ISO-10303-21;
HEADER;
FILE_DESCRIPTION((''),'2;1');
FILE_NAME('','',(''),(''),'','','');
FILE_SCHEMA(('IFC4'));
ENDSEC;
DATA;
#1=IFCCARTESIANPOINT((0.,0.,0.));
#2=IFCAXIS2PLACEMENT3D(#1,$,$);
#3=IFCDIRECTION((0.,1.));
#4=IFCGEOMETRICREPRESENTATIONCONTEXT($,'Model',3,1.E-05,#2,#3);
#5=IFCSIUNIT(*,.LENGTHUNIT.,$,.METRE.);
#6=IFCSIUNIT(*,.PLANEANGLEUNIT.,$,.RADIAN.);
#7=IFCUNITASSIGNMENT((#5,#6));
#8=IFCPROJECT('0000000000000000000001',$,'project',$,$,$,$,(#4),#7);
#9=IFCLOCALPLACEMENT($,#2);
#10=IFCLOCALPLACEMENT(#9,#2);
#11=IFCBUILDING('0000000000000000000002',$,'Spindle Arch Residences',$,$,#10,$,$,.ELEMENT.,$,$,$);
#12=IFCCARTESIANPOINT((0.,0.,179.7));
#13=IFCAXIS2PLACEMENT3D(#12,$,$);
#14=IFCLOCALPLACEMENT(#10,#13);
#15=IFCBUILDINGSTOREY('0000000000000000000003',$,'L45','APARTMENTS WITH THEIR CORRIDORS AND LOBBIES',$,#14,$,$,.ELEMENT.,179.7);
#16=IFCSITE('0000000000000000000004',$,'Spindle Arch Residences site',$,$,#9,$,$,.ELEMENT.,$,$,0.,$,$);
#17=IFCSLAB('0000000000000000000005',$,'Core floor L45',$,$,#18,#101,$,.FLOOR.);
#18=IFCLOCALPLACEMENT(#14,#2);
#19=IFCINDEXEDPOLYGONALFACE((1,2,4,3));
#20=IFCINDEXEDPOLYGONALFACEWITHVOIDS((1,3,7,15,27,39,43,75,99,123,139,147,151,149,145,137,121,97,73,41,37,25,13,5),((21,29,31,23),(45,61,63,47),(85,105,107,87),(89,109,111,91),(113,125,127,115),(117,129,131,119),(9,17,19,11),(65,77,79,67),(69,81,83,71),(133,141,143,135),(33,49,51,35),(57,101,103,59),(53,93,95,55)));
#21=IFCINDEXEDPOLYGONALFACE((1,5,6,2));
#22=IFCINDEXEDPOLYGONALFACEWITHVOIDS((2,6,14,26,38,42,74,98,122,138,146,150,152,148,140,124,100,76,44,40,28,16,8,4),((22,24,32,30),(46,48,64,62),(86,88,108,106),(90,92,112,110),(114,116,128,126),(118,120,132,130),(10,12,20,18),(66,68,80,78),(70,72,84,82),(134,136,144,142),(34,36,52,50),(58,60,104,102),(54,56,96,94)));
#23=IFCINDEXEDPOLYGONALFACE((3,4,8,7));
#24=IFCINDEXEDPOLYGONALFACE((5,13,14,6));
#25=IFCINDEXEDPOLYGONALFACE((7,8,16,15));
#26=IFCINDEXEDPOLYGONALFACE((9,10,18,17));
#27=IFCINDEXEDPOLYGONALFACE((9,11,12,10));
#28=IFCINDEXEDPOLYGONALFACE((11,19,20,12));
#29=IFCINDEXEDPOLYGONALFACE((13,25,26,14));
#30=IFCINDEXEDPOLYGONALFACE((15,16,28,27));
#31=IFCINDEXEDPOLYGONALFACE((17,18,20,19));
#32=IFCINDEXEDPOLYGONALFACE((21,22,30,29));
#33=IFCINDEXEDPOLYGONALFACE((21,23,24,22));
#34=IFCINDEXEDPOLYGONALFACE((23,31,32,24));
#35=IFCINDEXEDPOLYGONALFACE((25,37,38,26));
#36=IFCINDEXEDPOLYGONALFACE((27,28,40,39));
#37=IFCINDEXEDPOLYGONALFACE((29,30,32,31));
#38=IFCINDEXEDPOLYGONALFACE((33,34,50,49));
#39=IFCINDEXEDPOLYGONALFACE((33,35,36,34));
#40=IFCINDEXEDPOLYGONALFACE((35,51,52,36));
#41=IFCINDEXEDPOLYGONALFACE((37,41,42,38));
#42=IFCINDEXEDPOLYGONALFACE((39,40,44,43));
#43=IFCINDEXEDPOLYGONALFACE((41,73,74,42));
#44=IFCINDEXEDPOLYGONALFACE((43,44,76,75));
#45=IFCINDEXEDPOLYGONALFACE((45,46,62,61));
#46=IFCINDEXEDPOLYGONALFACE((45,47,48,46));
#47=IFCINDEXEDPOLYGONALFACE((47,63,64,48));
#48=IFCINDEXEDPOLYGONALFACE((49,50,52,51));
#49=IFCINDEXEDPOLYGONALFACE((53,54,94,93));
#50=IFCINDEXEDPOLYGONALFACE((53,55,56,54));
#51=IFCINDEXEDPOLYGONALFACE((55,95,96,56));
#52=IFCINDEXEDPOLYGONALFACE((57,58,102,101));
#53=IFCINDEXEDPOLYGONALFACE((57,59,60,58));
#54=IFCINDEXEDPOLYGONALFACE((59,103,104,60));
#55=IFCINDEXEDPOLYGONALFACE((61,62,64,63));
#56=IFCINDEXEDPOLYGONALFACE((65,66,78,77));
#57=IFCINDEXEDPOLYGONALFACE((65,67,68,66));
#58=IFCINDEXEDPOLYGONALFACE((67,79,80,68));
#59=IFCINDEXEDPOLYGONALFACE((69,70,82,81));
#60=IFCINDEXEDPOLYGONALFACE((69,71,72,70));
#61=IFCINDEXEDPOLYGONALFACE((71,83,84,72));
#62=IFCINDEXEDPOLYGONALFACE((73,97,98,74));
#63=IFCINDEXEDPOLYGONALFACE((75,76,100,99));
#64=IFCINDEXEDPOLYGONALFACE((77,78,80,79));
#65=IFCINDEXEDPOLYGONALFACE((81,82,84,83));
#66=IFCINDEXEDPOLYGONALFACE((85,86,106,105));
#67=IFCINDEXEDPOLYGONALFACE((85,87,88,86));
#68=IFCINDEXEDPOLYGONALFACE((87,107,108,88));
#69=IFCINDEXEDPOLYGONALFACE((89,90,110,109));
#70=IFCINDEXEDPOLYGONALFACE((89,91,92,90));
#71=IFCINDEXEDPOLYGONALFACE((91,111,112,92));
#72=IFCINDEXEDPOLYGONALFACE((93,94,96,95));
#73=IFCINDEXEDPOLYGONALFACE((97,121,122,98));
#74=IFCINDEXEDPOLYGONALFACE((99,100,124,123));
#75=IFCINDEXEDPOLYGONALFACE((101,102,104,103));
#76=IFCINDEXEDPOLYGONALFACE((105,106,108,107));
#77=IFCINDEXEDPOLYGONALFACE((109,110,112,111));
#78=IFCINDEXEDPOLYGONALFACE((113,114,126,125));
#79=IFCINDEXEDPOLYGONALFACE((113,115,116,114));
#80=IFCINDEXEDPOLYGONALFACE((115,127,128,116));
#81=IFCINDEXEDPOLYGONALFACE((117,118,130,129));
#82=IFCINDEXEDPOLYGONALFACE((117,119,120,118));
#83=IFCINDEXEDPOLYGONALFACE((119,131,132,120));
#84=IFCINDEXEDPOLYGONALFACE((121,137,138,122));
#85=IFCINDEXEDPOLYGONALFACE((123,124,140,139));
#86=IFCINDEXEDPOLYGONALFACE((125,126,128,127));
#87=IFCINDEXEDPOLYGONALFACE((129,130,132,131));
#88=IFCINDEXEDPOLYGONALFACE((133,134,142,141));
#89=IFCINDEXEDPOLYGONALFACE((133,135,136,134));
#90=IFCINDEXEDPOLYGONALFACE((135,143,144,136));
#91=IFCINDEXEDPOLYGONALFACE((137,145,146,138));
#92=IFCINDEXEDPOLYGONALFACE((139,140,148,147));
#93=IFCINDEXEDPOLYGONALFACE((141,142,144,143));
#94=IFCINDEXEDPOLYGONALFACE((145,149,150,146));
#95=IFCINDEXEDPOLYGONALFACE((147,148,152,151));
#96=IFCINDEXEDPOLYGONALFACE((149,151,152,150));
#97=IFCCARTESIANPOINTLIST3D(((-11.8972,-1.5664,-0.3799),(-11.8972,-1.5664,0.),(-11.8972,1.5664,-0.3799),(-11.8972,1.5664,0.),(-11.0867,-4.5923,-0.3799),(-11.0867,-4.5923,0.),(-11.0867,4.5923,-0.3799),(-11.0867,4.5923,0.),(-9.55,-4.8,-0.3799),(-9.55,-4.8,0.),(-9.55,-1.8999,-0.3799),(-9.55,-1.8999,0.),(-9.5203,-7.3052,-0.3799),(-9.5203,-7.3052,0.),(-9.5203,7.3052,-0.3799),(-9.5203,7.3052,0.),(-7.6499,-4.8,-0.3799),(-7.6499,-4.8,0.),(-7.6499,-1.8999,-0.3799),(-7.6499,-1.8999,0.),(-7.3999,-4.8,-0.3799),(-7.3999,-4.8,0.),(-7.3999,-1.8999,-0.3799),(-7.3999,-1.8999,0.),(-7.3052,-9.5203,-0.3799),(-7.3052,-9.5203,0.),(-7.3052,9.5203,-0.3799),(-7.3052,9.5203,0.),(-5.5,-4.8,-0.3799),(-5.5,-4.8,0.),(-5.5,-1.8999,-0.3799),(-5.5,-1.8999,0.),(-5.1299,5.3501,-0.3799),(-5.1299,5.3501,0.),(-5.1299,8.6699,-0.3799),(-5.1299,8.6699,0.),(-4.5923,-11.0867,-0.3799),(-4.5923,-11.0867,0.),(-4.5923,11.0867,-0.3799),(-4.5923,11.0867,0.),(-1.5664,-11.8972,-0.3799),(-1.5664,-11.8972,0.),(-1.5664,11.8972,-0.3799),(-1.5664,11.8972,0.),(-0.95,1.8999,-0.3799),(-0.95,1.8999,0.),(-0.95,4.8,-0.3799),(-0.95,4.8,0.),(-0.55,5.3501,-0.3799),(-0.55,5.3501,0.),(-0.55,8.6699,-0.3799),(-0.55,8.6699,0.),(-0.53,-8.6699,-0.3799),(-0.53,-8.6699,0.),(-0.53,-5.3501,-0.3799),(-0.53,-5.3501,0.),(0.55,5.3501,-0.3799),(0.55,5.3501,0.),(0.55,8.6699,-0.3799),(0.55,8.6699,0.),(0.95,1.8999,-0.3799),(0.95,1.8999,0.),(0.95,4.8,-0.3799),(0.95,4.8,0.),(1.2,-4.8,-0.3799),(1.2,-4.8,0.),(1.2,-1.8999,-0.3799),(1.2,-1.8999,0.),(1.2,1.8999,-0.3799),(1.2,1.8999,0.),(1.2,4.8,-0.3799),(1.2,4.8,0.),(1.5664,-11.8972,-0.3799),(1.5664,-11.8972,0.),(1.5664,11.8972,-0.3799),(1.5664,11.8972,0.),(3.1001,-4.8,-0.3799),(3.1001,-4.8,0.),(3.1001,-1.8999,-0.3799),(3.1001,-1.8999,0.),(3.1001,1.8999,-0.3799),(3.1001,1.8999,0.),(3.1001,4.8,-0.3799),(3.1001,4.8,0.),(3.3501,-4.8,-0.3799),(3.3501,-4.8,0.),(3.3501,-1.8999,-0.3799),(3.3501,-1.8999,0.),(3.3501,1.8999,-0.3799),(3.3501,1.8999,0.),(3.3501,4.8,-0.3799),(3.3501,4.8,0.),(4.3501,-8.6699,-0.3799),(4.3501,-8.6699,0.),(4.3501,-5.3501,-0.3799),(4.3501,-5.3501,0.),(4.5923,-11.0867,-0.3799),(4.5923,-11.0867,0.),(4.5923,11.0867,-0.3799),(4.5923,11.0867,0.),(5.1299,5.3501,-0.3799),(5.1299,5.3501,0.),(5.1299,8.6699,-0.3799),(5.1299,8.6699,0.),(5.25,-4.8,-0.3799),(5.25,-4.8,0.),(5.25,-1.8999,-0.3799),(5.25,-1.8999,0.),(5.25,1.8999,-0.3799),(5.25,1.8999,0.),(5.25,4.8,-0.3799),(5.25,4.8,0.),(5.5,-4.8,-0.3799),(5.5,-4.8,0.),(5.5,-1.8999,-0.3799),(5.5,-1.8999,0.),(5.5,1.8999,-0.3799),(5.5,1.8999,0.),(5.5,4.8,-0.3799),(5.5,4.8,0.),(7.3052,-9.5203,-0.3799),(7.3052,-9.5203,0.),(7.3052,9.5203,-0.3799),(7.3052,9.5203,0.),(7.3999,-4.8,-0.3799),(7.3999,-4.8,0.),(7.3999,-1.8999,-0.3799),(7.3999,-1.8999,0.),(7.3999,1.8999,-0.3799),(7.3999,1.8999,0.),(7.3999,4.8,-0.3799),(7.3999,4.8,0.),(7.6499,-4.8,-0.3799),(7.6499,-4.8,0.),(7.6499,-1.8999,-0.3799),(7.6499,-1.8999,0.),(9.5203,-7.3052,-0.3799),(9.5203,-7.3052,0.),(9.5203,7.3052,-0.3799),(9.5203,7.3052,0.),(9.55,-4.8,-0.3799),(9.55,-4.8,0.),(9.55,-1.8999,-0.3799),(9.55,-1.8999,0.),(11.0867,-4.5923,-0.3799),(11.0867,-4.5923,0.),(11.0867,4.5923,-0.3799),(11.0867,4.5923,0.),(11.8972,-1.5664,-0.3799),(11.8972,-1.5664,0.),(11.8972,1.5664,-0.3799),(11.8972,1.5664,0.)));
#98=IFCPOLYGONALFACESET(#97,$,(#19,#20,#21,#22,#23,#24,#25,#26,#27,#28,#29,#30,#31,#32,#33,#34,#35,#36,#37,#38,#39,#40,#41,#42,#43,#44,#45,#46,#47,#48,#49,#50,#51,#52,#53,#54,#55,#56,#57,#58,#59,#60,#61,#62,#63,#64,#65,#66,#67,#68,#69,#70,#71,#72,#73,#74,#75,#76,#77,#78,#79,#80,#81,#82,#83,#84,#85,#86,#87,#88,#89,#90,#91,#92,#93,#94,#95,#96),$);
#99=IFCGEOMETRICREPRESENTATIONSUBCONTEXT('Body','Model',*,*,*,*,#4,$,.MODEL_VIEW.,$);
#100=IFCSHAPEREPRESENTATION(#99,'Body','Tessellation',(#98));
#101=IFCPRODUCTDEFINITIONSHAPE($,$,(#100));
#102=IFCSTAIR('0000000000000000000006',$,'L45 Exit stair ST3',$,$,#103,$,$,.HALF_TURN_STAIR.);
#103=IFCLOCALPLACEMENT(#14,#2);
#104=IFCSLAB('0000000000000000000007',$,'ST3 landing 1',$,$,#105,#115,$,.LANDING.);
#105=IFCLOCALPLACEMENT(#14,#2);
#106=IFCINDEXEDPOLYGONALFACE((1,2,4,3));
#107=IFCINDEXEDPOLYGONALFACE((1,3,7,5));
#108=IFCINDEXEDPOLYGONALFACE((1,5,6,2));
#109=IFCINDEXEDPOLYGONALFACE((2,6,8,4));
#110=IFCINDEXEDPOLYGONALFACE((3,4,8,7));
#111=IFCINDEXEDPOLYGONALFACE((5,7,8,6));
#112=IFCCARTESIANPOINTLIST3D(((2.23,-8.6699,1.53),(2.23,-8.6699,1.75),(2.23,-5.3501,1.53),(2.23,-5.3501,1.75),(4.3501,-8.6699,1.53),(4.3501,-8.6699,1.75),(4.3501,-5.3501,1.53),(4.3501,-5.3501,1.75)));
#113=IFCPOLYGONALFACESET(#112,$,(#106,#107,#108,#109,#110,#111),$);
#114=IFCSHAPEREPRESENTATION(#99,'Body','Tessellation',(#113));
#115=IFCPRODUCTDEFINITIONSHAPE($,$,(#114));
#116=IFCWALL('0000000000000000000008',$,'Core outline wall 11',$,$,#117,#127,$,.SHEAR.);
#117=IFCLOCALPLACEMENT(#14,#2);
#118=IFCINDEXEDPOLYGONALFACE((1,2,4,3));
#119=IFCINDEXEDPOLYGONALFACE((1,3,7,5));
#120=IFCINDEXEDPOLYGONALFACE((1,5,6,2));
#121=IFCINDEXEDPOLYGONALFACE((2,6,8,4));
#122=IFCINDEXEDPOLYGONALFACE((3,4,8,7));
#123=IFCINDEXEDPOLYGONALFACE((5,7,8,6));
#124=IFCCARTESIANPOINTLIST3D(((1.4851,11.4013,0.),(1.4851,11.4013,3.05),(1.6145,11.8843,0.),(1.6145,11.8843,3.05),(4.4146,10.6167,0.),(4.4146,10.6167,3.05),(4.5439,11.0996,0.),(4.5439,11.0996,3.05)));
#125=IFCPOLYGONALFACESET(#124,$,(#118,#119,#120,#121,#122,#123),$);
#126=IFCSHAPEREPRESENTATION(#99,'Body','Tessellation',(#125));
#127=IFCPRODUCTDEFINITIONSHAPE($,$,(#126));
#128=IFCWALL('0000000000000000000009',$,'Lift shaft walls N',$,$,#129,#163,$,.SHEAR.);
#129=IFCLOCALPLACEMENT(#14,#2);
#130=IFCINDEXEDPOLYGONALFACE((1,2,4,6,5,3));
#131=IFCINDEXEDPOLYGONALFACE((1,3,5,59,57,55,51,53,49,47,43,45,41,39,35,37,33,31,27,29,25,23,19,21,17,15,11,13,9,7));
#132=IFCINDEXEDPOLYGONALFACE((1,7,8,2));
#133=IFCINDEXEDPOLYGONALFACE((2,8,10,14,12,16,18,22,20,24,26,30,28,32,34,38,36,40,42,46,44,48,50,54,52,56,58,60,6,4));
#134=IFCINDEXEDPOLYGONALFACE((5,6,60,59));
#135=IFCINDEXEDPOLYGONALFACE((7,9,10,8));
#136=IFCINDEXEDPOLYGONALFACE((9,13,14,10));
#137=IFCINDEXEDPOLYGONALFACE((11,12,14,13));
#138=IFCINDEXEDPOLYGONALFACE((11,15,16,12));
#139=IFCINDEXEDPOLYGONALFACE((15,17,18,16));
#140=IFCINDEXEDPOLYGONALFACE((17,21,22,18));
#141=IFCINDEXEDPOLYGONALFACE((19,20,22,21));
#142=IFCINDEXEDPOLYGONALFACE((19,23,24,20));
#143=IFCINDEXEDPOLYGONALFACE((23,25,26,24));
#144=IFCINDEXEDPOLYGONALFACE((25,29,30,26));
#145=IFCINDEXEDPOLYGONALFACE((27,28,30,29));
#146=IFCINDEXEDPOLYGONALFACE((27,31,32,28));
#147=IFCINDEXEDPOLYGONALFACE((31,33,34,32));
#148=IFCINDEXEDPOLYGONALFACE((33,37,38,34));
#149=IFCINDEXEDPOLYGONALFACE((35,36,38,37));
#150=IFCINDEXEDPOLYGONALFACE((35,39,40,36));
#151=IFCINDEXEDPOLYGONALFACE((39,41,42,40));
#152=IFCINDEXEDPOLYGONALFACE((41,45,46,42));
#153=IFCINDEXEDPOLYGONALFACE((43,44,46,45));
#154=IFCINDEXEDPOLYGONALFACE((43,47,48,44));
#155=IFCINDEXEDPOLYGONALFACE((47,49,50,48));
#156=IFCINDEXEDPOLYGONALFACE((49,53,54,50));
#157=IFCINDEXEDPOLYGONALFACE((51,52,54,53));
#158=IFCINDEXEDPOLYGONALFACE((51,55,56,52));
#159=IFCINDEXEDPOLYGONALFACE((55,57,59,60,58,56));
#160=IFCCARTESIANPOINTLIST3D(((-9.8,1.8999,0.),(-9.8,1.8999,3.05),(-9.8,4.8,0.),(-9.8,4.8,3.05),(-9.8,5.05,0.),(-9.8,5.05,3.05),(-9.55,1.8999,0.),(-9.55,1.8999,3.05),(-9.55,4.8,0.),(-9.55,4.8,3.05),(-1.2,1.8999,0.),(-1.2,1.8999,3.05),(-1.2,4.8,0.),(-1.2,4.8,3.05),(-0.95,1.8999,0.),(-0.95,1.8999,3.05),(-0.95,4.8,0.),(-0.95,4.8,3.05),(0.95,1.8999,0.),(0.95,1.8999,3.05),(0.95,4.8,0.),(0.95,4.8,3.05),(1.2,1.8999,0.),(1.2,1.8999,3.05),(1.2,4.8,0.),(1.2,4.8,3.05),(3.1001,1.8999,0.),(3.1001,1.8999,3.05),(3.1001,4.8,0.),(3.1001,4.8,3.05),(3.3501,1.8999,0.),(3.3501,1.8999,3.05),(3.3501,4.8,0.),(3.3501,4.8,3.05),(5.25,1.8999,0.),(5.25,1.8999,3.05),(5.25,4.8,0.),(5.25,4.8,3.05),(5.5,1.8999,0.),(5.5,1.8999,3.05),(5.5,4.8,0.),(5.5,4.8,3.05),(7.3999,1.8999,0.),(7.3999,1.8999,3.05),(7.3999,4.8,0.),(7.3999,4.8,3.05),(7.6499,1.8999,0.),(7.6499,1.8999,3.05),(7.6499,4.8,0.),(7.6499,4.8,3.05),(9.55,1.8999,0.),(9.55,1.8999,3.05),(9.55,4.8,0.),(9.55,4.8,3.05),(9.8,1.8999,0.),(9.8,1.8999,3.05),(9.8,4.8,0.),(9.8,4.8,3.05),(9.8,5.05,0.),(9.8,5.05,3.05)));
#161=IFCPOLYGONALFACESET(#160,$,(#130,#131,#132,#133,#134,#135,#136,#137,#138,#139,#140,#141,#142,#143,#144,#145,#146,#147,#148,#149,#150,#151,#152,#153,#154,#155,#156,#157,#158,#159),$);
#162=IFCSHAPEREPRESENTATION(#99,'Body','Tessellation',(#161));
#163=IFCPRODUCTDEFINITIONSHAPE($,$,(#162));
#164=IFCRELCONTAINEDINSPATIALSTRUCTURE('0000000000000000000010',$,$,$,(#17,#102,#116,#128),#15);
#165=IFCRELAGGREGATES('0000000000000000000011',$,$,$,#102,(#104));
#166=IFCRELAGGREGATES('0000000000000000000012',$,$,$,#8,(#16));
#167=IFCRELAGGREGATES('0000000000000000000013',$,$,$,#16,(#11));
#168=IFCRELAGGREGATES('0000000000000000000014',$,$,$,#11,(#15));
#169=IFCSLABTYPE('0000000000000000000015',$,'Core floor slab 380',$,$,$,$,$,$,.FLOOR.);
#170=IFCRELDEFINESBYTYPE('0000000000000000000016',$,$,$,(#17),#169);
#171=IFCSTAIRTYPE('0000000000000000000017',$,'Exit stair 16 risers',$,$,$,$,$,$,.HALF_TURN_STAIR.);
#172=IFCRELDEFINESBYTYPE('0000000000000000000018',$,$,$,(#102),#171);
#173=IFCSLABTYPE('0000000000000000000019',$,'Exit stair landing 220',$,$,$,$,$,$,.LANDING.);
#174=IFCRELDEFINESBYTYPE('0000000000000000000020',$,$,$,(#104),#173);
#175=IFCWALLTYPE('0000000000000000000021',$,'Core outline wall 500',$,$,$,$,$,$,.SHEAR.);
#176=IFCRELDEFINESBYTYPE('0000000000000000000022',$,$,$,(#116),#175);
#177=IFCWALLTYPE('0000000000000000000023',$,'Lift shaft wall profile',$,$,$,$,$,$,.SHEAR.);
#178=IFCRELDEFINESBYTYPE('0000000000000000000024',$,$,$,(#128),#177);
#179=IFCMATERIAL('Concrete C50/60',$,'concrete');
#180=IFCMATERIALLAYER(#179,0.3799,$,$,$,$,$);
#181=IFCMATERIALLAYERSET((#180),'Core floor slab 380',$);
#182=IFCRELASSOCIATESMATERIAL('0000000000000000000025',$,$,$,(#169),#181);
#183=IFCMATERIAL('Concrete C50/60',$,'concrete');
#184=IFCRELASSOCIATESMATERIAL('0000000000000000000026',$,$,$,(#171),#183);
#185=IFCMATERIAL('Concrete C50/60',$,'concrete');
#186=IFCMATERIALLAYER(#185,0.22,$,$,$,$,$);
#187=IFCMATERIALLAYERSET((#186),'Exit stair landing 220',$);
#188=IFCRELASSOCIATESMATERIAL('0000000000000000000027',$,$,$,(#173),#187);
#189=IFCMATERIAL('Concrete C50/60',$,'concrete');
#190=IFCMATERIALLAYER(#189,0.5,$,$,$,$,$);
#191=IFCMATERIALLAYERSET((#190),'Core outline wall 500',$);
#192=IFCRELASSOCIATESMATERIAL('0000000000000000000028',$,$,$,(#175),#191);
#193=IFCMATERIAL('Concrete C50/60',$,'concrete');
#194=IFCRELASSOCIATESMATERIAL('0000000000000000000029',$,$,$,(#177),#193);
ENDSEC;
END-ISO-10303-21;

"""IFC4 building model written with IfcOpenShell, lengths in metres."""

from ifc_helpers import new_model, si_unit, direction, frame, frame_2d, origin, place, context, subcontext, project, spatial, polyline, rectangle, outline, extrude, material, layer, layer_set, type_object, element, aggregate, save


model = new_model("IFC4")

# Units and contexts
model_context = context("Model", 3, precision=1e-05, world=origin(), true_north=direction((0.0, 1.0)))
body_context = subcontext(model_context, "Body", "Model", "MODEL_VIEW")
ifc_project = project(units=[si_unit("LENGTHUNIT", "METRE"), si_unit("PLANEANGLEUNIT", "RADIAN")], contexts=[model_context])

# Site, building, storey
site_placement = place(None, origin())
site = spatial("IfcSite", under=ifc_project, at=site_placement, Name="Spindle Arch Residences site", CompositionType="ELEMENT", RefElevation=0.0)
building_placement = place(site_placement, origin())
building = spatial("IfcBuilding", under=site, at=building_placement, Name="Spindle Arch Residences", CompositionType="ELEMENT")
storey_placement = place(building_placement, frame((0.0, 0.0, 179.7)))
storey = spatial("IfcBuildingStorey", under=building, at=storey_placement, Name="L45", Description="APARTMENTS WITH THEIR CORRIDORS AND LOBBIES", CompositionType="ELEMENT", Elevation=179.7)

# Slab
ifc_material_1 = material(Name="Concrete C50/60", Category="concrete")
ifc_layer_1 = layer(ifc_material_1, 0.3799)
ifc_layer_set_1 = layer_set([ifc_layer_1], Name="Core floor slab 380")
slab_type_1 = type_object("IfcSlabType", Name="Core floor slab 380", PredefinedType="FLOOR", material=ifc_layer_set_1)
slab_1_placement = place(storey_placement, frame((0.0, 0.0, -0.3799)))
element("IfcSlab", 1, at=slab_1_placement, inside=storey, type_object=slab_type_1, Name="Core floor L45", PredefinedType="FLOOR", context=body_context, shape_type="SweptSolid", body=[
    extrude(outline(polyline([(1.5664, -11.8972), (4.5923, -11.0867), (7.3052, -9.5203), (9.5203, -7.3052), (11.0867, -4.5923), (11.8972, -1.5664), (11.8972, 1.5664), (11.0867, 4.5923), (9.5203, 7.3052), (7.3052, 9.5203), (4.5923, 11.0867), (1.5664, 11.8972), (-1.5664, 11.8972), (-4.5923, 11.0867), (-7.3052, 9.5203), (-9.5203, 7.3052), (-11.0867, 4.5923), (-11.8972, 1.5664), (-11.8972, -1.5664), (-11.0867, -4.5923), (-9.5203, -7.3052), (-7.3052, -9.5203), (-4.5923, -11.0867), (-1.5664, -11.8972), (1.5664, -11.8972)]), holes=[polyline([(-0.95, 1.8999), (0.95, 1.8999), (0.95, 4.8), (-0.95, 4.8), (-0.95, 1.8999)]), polyline([(1.2, 1.8999), (3.1001, 1.8999), (3.1001, 4.8), (1.2, 4.8), (1.2, 1.8999)]), polyline([(3.3501, 1.8999), (5.25, 1.8999), (5.25, 4.8), (3.3501, 4.8), (3.3501, 1.8999)]), polyline([(5.5, 1.8999), (7.3999, 1.8999), (7.3999, 4.8), (5.5, 4.8), (5.5, 1.8999)]), polyline([(-9.55, -4.8), (-7.6499, -4.8), (-7.6499, -1.8999), (-9.55, -1.8999), (-9.55, -4.8)]), polyline([(-7.3999, -4.8), (-5.5, -4.8), (-5.5, -1.8999), (-7.3999, -1.8999), (-7.3999, -4.8)]), polyline([(1.2, -4.8), (3.1001, -4.8), (3.1001, -1.8999), (1.2, -1.8999), (1.2, -4.8)]), polyline([(3.3501, -4.8), (5.25, -4.8), (5.25, -1.8999), (3.3501, -1.8999), (3.3501, -4.8)]), polyline([(5.5, -4.8), (7.3999, -4.8), (7.3999, -1.8999), (5.5, -1.8999), (5.5, -4.8)]), polyline([(7.6499, -4.8), (9.55, -4.8), (9.55, -1.8999), (7.6499, -1.8999), (7.6499, -4.8)]), polyline([(5.1299, 8.6699), (0.55, 8.6699), (0.55, 5.3501), (5.1299, 5.3501), (5.1299, 8.6699)]), polyline([(-5.1299, 5.3501), (-0.55, 5.3501), (-0.55, 8.6699), (-5.1299, 8.6699), (-5.1299, 5.3501)]), polyline([(-0.53, -8.6699), (4.3501, -8.6699), (4.3501, -5.3501), (-0.53, -5.3501), (-0.53, -8.6699)])]), origin(), (0.0, 0.0, 1.0), 0.3799),
])

# Stair, slab
ifc_material_2 = material(Name="Concrete C50/60", Category="concrete")
stair_type = type_object("IfcStairType", Name="Exit stair 16 risers", PredefinedType="HALF_TURN_STAIR", material=ifc_material_2)
stair_1_placement = place(storey_placement, origin())
stair_1 = element("IfcStair", 2, at=stair_1_placement, inside=storey, type_object=stair_type, Name="L45 Exit stair ST3", PredefinedType="HALF_TURN_STAIR")
ifc_material_3 = material(Name="Concrete C50/60", Category="concrete")
ifc_layer_2 = layer(ifc_material_3, 0.22)
ifc_layer_set_2 = layer_set([ifc_layer_2], Name="Exit stair landing 220")
slab_type_2 = type_object("IfcSlabType", Name="Exit stair landing 220", PredefinedType="LANDING", material=ifc_layer_set_2)
slab_2_placement = place(storey_placement, frame((0.0, 0.0, 1.53)))
slab_2 = element("IfcSlab", 3, at=slab_2_placement, type_object=slab_type_2, Name="ST3 landing 1", PredefinedType="LANDING", context=body_context, shape_type="SweptSolid", body=[
    extrude(outline(polyline([(2.23, -8.6699), (4.3501, -8.6699), (4.3501, -5.3501), (2.23, -5.3501), (2.23, -8.6699)])), origin(), (0.0, 0.0, 1.0), 0.22),
])
aggregate(stair_1, [slab_2])

# Wall
ifc_material_4 = material(Name="Concrete C50/60", Category="concrete")
ifc_layer_3 = layer(ifc_material_4, 0.5)
ifc_layer_set_3 = layer_set([ifc_layer_3], Name="Core outline wall 500")
wall_type_1 = type_object("IfcWallType", Name="Core outline wall 500", PredefinedType="SHEAR", material=ifc_layer_set_3)
wall_1_placement = place(storey_placement, frame((4.4792, 10.8582, 0.0), z_axis=(0.0, 0.0, 1.0), x_axis=(-0.965948, 0.258735, 0.0)))
element("IfcWall", 4, at=wall_1_placement, inside=storey, type_object=wall_type_1, Name="Core outline wall 11", PredefinedType="SHEAR", context=body_context, shape_type="SweptSolid", body=[
    extrude(rectangle(XDim=3.0327, YDim=0.5, at=frame_2d((1.5164, 0.0))), origin(), (0.0, 0.0, 1.0), 3.05),
])

# Wall
ifc_material_5 = material(Name="Concrete C50/60", Category="concrete")
wall_type_2 = type_object("IfcWallType", Name="Lift shaft wall profile", PredefinedType="SHEAR", material=ifc_material_5)
wall_2_placement = place(storey_placement, origin())
element("IfcWall", 5, at=wall_2_placement, inside=storey, type_object=wall_type_2, Name="Lift shaft walls N", PredefinedType="SHEAR", context=body_context, shape_type="SweptSolid", body=[
    extrude(outline(polyline([(-9.55, 4.8), (-1.2, 4.8), (-1.2, 1.8999), (-0.95, 1.8999), (-0.95, 4.8), (0.95, 4.8), (0.95, 1.8999), (1.2, 1.8999), (1.2, 4.8), (3.1001, 4.8), (3.1001, 1.8999), (3.3501, 1.8999), (3.3501, 4.8), (5.25, 4.8), (5.25, 1.8999), (5.5, 1.8999), (5.5, 4.8), (7.3999, 4.8), (7.3999, 1.8999), (7.6499, 1.8999), (7.6499, 4.8), (9.55, 4.8), (9.55, 1.8999), (9.8, 1.8999), (9.8, 4.8), (9.8, 5.05), (-9.8, 5.05), (-9.8, 4.8), (-9.8, 1.8999), (-9.55, 1.8999), (-9.55, 4.8)])), origin(), (0.0, 0.0, 1.0), 3.05),
])

save(model, "model.ifc")
